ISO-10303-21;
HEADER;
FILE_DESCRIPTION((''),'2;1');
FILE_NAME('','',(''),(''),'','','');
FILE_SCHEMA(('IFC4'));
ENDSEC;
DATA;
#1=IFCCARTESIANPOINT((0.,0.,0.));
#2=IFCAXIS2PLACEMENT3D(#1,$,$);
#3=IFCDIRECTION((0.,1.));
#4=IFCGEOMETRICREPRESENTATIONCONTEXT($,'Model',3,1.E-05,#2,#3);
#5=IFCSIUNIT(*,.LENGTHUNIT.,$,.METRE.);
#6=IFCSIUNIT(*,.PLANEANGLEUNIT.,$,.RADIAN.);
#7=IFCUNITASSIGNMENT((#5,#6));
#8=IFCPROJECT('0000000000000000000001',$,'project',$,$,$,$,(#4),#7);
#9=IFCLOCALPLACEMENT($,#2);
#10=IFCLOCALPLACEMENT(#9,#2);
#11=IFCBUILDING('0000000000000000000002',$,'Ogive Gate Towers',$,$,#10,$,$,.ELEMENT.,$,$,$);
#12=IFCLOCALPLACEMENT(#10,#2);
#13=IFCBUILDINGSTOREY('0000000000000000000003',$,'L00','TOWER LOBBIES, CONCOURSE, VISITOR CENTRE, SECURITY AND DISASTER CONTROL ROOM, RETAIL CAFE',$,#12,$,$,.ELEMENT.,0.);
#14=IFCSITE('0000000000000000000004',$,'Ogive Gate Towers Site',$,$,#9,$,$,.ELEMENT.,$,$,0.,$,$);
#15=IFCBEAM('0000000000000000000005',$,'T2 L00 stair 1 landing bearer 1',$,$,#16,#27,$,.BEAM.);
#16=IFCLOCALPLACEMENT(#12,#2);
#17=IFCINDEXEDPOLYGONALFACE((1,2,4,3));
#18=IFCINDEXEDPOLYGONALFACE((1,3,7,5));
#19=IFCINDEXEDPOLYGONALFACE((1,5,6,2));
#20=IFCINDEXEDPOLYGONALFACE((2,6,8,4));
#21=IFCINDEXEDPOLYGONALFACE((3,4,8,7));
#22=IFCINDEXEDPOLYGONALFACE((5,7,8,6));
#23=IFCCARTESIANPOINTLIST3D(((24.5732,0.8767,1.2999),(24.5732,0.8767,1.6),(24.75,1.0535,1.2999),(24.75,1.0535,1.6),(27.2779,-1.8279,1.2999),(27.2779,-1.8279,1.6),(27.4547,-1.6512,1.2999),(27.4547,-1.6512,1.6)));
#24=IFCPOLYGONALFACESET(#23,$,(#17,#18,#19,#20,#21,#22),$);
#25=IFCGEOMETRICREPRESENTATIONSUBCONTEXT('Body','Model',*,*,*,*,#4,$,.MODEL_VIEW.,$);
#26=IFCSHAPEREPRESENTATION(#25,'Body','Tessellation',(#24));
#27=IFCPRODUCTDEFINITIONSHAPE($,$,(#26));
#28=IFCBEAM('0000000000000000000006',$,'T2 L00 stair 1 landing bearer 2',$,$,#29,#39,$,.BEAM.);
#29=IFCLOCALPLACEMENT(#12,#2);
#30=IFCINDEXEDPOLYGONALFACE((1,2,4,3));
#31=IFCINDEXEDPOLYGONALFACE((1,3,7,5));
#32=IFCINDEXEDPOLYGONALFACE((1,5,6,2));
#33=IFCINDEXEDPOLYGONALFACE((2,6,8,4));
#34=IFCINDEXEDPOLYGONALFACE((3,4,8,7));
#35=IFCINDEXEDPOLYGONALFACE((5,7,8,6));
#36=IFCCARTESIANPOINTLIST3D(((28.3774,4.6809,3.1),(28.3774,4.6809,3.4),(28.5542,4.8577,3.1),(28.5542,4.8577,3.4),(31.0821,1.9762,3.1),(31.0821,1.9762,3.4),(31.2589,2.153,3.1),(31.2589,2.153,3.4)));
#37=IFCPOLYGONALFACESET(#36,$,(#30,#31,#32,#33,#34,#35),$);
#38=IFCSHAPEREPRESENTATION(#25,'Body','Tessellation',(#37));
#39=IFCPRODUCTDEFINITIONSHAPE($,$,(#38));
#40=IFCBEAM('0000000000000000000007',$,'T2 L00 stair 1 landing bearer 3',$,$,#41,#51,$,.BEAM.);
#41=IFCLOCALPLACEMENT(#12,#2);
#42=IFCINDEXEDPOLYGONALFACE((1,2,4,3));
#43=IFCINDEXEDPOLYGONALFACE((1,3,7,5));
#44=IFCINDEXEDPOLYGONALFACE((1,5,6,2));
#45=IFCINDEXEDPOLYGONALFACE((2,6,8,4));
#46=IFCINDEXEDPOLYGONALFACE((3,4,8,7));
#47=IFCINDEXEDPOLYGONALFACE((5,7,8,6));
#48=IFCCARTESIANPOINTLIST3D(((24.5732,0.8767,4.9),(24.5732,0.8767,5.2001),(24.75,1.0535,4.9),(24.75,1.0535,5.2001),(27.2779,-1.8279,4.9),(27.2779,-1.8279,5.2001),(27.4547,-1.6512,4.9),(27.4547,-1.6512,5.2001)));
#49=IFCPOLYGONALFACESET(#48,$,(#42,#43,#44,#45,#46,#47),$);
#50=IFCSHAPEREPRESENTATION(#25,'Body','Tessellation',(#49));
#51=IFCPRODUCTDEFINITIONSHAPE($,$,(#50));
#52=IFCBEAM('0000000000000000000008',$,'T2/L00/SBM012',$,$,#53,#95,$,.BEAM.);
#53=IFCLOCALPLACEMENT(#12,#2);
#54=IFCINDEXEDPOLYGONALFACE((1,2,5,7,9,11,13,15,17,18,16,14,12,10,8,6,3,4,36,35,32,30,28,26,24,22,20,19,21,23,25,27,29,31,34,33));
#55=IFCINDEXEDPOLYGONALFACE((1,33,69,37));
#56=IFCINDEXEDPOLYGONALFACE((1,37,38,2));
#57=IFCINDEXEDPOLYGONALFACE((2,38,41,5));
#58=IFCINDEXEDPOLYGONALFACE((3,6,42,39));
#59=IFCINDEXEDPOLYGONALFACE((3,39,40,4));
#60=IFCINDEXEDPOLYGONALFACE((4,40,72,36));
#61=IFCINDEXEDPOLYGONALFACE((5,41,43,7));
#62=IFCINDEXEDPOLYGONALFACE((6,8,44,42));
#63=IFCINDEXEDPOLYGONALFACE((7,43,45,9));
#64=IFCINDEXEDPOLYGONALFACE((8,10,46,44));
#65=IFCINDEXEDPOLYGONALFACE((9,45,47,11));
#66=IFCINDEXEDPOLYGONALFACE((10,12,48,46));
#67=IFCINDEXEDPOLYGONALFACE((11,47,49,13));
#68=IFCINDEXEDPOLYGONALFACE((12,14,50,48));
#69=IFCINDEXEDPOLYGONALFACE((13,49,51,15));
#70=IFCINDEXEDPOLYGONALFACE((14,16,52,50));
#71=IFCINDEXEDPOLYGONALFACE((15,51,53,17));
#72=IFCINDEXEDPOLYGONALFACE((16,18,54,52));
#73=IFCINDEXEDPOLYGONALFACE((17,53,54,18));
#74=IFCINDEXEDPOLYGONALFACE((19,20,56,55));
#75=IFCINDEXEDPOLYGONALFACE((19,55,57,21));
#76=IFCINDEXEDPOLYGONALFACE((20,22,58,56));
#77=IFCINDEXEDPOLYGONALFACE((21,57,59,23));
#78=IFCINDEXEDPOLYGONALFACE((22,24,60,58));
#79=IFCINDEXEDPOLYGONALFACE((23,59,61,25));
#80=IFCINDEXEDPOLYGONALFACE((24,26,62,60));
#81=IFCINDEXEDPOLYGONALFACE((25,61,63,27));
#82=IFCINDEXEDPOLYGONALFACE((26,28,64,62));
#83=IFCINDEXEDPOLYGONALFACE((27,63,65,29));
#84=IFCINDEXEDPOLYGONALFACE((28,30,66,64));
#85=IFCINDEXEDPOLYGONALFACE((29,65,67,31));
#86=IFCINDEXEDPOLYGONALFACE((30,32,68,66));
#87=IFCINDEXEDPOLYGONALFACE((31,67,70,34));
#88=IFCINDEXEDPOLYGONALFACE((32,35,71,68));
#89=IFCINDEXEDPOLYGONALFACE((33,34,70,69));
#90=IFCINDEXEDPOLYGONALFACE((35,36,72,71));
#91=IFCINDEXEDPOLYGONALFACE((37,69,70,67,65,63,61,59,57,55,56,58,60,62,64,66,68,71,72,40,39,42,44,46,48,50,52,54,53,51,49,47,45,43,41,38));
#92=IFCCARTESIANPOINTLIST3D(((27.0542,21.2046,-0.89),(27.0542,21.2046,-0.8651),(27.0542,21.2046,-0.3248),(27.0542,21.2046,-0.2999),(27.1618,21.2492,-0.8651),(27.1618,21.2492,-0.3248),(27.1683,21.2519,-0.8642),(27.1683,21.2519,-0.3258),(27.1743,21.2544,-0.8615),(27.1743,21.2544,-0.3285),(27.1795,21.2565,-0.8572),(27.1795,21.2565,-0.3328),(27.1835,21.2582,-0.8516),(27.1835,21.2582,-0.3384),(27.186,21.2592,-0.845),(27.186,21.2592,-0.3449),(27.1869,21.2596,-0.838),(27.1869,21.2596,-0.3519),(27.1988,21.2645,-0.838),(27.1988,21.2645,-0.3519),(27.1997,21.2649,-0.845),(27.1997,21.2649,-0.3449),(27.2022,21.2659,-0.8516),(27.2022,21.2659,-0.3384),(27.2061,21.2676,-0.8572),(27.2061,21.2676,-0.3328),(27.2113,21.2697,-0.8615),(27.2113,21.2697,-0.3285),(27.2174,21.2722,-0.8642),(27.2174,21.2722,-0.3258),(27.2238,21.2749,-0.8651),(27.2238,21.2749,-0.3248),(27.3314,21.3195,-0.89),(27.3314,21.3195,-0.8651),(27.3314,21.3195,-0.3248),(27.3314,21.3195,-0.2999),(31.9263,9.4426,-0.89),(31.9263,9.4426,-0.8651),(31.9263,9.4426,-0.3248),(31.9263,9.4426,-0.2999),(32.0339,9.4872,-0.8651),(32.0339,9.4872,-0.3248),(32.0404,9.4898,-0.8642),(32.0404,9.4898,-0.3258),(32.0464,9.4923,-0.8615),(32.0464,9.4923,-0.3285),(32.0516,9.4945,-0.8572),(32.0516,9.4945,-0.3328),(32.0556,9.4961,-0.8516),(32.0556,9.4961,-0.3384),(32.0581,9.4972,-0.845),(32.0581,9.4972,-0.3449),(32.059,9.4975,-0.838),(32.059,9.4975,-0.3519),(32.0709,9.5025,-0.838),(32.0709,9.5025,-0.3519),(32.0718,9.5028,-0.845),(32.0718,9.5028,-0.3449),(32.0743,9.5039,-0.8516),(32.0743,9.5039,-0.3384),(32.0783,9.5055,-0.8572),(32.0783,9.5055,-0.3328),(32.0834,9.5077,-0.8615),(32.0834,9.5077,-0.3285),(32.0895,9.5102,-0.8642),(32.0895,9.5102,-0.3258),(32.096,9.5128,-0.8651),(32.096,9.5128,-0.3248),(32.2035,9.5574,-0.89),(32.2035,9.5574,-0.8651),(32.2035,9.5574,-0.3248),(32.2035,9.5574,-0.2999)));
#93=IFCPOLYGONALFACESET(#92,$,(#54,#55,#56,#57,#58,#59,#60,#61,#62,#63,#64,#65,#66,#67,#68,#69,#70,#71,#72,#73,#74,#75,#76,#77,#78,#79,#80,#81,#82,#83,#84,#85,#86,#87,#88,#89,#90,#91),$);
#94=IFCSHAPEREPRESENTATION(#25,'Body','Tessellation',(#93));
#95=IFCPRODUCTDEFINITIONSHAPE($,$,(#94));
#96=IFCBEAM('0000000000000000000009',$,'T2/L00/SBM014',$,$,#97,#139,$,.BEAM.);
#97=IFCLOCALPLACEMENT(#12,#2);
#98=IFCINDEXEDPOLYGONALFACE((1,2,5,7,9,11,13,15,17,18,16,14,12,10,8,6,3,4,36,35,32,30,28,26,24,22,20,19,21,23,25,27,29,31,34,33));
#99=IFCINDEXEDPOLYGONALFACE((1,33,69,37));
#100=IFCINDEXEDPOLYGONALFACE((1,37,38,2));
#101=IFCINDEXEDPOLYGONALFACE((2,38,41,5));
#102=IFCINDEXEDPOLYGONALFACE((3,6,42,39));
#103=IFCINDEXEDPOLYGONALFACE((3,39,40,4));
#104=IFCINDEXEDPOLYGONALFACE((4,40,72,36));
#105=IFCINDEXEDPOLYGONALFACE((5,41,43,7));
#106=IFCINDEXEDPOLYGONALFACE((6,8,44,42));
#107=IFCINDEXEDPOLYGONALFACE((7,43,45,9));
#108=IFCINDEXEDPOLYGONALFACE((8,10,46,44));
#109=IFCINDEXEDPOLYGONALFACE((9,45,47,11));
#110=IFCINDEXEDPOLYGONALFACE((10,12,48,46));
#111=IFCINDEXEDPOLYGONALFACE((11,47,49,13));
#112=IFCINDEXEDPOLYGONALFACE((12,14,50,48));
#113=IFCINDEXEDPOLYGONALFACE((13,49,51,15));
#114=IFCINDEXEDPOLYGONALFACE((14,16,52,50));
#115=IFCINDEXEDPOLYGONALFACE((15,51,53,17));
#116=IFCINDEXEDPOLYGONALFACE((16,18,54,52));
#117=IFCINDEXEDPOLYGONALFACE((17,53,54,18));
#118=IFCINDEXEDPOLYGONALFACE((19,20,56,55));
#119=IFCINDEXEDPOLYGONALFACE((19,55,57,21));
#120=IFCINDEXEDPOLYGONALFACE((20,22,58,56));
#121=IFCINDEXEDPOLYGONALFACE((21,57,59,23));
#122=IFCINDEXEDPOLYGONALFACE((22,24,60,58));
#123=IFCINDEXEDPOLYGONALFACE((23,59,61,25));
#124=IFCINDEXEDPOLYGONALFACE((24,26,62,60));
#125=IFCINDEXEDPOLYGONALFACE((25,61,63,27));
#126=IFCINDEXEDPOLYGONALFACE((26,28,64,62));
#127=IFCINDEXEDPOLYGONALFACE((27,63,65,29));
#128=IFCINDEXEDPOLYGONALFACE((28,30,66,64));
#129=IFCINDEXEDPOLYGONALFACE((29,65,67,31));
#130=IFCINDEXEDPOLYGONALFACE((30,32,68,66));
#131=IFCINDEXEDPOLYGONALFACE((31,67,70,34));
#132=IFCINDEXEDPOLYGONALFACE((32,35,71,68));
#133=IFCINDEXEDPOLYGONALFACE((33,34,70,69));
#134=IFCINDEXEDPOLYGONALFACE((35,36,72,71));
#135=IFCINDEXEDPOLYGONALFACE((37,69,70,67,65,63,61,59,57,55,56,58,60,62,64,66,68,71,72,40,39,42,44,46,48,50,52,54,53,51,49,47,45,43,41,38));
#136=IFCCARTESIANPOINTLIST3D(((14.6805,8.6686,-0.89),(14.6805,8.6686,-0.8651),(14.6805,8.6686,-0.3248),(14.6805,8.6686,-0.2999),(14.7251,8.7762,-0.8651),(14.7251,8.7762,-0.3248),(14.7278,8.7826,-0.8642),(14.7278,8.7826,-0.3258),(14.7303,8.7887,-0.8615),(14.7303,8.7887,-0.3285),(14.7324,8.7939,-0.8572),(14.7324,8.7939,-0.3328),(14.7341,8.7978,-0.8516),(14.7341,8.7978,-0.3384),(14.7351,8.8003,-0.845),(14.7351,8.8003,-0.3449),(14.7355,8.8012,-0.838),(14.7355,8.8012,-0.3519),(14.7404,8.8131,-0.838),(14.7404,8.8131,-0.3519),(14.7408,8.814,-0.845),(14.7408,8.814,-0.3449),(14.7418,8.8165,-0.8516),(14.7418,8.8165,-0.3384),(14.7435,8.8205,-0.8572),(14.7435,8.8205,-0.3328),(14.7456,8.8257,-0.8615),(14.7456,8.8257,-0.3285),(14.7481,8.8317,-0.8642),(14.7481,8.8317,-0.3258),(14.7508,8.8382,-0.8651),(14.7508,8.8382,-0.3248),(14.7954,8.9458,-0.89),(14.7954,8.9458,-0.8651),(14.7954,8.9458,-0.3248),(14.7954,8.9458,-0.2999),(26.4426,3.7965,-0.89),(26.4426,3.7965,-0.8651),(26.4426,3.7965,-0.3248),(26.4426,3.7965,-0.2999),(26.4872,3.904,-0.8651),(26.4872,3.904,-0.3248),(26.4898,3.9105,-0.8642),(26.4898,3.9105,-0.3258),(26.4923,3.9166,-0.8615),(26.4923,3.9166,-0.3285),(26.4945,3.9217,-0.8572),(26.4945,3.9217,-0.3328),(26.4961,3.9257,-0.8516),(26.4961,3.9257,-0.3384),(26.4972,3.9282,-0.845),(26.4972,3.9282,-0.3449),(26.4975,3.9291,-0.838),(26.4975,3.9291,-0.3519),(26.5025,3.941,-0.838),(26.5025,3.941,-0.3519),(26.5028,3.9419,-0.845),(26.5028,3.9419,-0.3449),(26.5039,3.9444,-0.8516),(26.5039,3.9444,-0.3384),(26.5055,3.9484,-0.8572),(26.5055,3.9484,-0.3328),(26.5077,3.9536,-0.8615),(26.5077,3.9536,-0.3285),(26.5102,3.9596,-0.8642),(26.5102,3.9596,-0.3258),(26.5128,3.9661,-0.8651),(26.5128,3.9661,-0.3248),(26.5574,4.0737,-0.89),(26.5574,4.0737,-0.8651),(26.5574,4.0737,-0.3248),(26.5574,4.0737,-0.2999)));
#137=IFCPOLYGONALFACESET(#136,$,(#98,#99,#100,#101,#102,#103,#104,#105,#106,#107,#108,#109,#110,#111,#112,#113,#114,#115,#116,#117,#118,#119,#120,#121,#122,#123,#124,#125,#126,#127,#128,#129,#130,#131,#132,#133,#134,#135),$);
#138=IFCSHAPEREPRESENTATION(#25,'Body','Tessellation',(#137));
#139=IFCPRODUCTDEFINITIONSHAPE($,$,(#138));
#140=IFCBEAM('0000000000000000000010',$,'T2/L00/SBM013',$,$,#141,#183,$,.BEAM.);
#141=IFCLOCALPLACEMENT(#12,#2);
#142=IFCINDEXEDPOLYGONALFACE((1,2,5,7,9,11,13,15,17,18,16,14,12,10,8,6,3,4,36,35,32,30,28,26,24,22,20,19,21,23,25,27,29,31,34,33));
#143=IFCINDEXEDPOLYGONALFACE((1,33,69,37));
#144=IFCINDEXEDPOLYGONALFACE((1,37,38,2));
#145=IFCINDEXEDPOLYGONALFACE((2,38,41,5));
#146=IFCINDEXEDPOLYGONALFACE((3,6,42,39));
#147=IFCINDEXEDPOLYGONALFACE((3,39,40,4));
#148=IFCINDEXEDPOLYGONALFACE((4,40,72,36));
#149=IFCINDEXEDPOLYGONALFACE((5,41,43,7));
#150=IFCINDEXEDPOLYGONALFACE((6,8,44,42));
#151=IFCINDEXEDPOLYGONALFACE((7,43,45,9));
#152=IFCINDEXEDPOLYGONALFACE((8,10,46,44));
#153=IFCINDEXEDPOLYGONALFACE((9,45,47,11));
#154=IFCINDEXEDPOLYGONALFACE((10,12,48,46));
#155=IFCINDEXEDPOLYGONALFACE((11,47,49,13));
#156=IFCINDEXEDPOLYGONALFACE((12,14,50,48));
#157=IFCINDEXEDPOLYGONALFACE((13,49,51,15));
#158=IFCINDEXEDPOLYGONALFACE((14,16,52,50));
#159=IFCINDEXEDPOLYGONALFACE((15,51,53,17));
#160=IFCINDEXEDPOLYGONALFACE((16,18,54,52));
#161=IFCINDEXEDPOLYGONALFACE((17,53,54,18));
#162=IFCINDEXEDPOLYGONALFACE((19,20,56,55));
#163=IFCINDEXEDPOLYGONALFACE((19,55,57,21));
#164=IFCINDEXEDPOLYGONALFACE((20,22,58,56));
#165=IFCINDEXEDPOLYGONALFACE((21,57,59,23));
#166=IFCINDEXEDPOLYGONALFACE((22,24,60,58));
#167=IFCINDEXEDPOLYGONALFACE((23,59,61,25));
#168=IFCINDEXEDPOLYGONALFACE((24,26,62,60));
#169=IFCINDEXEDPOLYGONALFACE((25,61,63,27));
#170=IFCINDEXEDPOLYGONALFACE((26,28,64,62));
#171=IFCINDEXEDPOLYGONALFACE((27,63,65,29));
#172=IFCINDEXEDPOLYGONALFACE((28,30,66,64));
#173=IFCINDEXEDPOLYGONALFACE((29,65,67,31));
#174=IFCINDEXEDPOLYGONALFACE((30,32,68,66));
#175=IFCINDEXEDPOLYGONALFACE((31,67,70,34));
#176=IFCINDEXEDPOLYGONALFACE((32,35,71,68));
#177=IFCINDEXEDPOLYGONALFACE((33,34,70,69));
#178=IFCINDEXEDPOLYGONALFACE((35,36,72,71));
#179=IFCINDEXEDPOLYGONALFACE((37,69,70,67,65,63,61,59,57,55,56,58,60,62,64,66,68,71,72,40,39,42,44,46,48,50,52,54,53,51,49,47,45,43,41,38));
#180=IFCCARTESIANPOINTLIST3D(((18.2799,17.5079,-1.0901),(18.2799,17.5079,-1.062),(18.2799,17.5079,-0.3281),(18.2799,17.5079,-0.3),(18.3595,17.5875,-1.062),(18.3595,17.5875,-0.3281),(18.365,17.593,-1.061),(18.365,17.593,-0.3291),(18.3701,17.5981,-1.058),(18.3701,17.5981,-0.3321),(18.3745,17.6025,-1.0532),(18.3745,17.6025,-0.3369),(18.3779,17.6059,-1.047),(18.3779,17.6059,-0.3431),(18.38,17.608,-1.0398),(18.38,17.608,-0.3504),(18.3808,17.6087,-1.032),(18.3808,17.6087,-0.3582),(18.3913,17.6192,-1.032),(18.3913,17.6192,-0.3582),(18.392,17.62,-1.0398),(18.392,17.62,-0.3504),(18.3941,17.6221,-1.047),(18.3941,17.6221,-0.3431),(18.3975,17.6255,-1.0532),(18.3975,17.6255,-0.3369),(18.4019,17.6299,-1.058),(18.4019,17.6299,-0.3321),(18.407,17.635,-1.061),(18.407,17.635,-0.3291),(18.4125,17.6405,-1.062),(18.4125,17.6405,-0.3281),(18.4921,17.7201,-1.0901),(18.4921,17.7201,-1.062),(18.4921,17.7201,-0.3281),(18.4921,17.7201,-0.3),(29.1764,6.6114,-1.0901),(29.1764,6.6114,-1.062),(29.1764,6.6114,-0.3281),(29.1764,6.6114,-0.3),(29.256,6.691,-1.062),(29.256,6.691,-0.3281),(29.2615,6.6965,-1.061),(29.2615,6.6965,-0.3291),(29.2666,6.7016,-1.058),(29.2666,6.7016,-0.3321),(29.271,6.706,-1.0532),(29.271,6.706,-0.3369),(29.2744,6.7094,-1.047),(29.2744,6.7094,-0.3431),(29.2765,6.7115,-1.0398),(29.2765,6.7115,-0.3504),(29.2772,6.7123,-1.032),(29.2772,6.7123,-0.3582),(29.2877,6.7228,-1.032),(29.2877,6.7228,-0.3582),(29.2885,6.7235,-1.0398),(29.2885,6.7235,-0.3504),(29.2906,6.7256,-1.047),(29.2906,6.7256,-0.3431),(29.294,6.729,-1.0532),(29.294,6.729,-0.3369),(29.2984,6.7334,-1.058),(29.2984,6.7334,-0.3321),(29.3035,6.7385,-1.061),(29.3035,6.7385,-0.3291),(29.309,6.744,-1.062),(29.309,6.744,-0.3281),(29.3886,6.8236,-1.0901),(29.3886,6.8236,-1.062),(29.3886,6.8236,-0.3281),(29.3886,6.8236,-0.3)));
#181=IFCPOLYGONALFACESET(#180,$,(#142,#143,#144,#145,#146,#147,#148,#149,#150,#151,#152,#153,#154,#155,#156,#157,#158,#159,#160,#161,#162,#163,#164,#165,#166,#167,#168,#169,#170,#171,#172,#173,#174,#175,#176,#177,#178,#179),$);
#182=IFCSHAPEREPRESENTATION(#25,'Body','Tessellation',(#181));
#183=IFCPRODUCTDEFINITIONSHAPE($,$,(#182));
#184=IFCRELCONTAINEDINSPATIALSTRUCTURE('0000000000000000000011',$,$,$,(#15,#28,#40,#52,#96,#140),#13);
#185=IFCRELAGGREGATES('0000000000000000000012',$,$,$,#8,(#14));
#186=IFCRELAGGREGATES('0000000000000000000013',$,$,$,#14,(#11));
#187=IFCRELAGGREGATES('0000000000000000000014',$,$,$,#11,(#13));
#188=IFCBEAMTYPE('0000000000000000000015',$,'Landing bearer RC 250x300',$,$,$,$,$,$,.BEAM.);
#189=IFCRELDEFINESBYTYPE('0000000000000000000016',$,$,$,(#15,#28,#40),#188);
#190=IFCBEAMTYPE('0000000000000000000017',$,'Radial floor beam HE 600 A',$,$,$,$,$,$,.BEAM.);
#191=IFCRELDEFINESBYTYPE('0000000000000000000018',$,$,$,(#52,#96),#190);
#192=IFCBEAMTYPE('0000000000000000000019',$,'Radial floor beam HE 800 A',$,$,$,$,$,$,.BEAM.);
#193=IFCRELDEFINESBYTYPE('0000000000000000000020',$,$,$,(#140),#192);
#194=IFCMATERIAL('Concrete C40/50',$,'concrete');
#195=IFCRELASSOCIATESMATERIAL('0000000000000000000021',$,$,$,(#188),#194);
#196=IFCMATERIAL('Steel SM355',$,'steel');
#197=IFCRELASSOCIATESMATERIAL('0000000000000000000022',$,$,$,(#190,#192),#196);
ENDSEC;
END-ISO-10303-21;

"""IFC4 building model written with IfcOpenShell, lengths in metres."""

from ifc_helpers import new_model, si_unit, direction, frame, origin, origin_2d, place, context, subcontext, project, spatial, rectangle, i_section, extrude, material, material_profile, profile_set, type_object, element, save


model = new_model("IFC4")

# Units and contexts
model_context = context("Model", 3, precision=1e-05, world=origin(), true_north=direction((0.0, 1.0)))
body_context = subcontext(model_context, "Body", "Model", "MODEL_VIEW")
ifc_project = project(units=[si_unit("LENGTHUNIT", "METRE"), si_unit("PLANEANGLEUNIT", "RADIAN")], contexts=[model_context])

# Site, building, storey
site_placement = place(None, origin())
site = spatial("IfcSite", under=ifc_project, at=site_placement, Name="Ogive Gate Towers Site", CompositionType="ELEMENT", RefElevation=0.0)
building_placement = place(site_placement, origin())
building = spatial("IfcBuilding", under=site, at=building_placement, Name="Ogive Gate Towers", CompositionType="ELEMENT")
storey_placement = place(building_placement, origin())
storey = spatial("IfcBuildingStorey", under=building, at=storey_placement, Name="L00", Description="TOWER LOBBIES, CONCOURSE, VISITOR CENTRE, SECURITY AND DISASTER CONTROL ROOM, RETAIL CAFE", CompositionType="ELEMENT", Elevation=0.0)

# Beams
ifc_material_1 = material(Name="Concrete C40/50", Category="concrete")
ifc_material_profile_1 = material_profile(ifc_material_1, rectangle(XDim=0.25, YDim=0.3, at=origin_2d()), Name="RC 250x300")
ifc_profile_set_1 = profile_set([ifc_material_profile_1], Name="Concrete C40/50")
beam_type_1 = type_object("IfcBeamType", Name="Landing bearer RC 250x300", PredefinedType="BEAM", material=ifc_profile_set_1)
for number, where, z_axis, x_axis, name in (
    (1, (24.6616, 0.9651, 1.45), (0.707107, -0.707107, 0.0), (0.707107, 0.707107, 0.0), "T2 L00 stair 1 landing bearer 1"),
    (2, (28.4658, 4.7693, 3.25), (0.707107, -0.707107, 0.0), (0.707107, 0.707107, 0.0), "T2 L00 stair 1 landing bearer 2"),
    (3, (24.6616, 0.9651, 5.05), (0.707107, -0.707107, 0.0), (0.707107, 0.707107, 0.0), "T2 L00 stair 1 landing bearer 3"),
):
    element("IfcBeam", number, at=place(storey_placement, frame(where, z_axis=z_axis, x_axis=x_axis)), inside=storey, type_object=beam_type_1, Name=name, PredefinedType="BEAM", context=body_context, shape_type="SweptSolid", body=[
        extrude(rectangle(XDim=0.25, YDim=0.3, at=origin_2d()), origin(), (0.0, 0.0, 1.0), 3.825),
    ])
ifc_material_2 = material(Name="Steel SM355", Category="steel")
ifc_material_profile_2 = material_profile(ifc_material_2, i_section(OverallWidth=0.3, OverallDepth=0.5901, WebThickness=0.0129, FlangeThickness=0.0249, FilletRadius=0.0271, at=origin_2d()), Name="HE 600 A")
ifc_profile_set_2 = profile_set([ifc_material_profile_2], Name="Steel SM355")
beam_type_2 = type_object("IfcBeamType", Name="Radial floor beam HE 600 A", PredefinedType="BEAM", material=ifc_profile_set_2)
for number, where, z_axis, x_axis, name in (
    (4, (32.0649, 9.5, -0.595), (-0.382691, 0.923877, 0.0), (-0.923877, -0.382691, 0.0), "T2/L00/SBM012"),
    (5, (26.5, 3.9351, -0.595), (-0.923877, 0.382691, 0.0), (-0.382691, -0.923877, 0.0), "T2/L00/SBM014"),
):
    element("IfcBeam", number, at=place(storey_placement, frame(where, z_axis=z_axis, x_axis=x_axis)), inside=storey, type_object=beam_type_2, Name=name, PredefinedType="BEAM", context=body_context, shape_type="SweptSolid", body=[
        extrude(i_section(OverallWidth=0.3, OverallDepth=0.5901, WebThickness=0.0129, FlangeThickness=0.0249, FilletRadius=0.0271, at=origin_2d()), origin(), (0.0, 0.0, 1.0), 12.7312),
    ])
ifc_material_profile_3 = material_profile(ifc_material_2, i_section(OverallWidth=0.3, OverallDepth=0.79, WebThickness=0.0149, FlangeThickness=0.0281, FilletRadius=0.03, at=origin_2d()), Name="HE 800 A")
ifc_profile_set_3 = profile_set([ifc_material_profile_3], Name="Steel SM355")
beam_type_3 = type_object("IfcBeamType", Name="Radial floor beam HE 800 A", PredefinedType="BEAM", material=ifc_profile_set_3)
beam_placement = place(storey_placement, frame((29.2825, 6.7175, -0.6951), z_axis=(-0.707107, 0.707107, 0.0), x_axis=(-0.707107, -0.707107, 0.0)))
element("IfcBeam", 6, at=beam_placement, inside=storey, type_object=beam_type_3, Name="T2/L00/SBM013", PredefinedType="BEAM", context=body_context, shape_type="SweptSolid", body=[
    extrude(i_section(OverallWidth=0.3, OverallDepth=0.79, WebThickness=0.0149, FlangeThickness=0.0281, FilletRadius=0.03, at=origin_2d()), origin(), (0.0, 0.0, 1.0), 15.4099),
])

save(model, "model.ifc")
